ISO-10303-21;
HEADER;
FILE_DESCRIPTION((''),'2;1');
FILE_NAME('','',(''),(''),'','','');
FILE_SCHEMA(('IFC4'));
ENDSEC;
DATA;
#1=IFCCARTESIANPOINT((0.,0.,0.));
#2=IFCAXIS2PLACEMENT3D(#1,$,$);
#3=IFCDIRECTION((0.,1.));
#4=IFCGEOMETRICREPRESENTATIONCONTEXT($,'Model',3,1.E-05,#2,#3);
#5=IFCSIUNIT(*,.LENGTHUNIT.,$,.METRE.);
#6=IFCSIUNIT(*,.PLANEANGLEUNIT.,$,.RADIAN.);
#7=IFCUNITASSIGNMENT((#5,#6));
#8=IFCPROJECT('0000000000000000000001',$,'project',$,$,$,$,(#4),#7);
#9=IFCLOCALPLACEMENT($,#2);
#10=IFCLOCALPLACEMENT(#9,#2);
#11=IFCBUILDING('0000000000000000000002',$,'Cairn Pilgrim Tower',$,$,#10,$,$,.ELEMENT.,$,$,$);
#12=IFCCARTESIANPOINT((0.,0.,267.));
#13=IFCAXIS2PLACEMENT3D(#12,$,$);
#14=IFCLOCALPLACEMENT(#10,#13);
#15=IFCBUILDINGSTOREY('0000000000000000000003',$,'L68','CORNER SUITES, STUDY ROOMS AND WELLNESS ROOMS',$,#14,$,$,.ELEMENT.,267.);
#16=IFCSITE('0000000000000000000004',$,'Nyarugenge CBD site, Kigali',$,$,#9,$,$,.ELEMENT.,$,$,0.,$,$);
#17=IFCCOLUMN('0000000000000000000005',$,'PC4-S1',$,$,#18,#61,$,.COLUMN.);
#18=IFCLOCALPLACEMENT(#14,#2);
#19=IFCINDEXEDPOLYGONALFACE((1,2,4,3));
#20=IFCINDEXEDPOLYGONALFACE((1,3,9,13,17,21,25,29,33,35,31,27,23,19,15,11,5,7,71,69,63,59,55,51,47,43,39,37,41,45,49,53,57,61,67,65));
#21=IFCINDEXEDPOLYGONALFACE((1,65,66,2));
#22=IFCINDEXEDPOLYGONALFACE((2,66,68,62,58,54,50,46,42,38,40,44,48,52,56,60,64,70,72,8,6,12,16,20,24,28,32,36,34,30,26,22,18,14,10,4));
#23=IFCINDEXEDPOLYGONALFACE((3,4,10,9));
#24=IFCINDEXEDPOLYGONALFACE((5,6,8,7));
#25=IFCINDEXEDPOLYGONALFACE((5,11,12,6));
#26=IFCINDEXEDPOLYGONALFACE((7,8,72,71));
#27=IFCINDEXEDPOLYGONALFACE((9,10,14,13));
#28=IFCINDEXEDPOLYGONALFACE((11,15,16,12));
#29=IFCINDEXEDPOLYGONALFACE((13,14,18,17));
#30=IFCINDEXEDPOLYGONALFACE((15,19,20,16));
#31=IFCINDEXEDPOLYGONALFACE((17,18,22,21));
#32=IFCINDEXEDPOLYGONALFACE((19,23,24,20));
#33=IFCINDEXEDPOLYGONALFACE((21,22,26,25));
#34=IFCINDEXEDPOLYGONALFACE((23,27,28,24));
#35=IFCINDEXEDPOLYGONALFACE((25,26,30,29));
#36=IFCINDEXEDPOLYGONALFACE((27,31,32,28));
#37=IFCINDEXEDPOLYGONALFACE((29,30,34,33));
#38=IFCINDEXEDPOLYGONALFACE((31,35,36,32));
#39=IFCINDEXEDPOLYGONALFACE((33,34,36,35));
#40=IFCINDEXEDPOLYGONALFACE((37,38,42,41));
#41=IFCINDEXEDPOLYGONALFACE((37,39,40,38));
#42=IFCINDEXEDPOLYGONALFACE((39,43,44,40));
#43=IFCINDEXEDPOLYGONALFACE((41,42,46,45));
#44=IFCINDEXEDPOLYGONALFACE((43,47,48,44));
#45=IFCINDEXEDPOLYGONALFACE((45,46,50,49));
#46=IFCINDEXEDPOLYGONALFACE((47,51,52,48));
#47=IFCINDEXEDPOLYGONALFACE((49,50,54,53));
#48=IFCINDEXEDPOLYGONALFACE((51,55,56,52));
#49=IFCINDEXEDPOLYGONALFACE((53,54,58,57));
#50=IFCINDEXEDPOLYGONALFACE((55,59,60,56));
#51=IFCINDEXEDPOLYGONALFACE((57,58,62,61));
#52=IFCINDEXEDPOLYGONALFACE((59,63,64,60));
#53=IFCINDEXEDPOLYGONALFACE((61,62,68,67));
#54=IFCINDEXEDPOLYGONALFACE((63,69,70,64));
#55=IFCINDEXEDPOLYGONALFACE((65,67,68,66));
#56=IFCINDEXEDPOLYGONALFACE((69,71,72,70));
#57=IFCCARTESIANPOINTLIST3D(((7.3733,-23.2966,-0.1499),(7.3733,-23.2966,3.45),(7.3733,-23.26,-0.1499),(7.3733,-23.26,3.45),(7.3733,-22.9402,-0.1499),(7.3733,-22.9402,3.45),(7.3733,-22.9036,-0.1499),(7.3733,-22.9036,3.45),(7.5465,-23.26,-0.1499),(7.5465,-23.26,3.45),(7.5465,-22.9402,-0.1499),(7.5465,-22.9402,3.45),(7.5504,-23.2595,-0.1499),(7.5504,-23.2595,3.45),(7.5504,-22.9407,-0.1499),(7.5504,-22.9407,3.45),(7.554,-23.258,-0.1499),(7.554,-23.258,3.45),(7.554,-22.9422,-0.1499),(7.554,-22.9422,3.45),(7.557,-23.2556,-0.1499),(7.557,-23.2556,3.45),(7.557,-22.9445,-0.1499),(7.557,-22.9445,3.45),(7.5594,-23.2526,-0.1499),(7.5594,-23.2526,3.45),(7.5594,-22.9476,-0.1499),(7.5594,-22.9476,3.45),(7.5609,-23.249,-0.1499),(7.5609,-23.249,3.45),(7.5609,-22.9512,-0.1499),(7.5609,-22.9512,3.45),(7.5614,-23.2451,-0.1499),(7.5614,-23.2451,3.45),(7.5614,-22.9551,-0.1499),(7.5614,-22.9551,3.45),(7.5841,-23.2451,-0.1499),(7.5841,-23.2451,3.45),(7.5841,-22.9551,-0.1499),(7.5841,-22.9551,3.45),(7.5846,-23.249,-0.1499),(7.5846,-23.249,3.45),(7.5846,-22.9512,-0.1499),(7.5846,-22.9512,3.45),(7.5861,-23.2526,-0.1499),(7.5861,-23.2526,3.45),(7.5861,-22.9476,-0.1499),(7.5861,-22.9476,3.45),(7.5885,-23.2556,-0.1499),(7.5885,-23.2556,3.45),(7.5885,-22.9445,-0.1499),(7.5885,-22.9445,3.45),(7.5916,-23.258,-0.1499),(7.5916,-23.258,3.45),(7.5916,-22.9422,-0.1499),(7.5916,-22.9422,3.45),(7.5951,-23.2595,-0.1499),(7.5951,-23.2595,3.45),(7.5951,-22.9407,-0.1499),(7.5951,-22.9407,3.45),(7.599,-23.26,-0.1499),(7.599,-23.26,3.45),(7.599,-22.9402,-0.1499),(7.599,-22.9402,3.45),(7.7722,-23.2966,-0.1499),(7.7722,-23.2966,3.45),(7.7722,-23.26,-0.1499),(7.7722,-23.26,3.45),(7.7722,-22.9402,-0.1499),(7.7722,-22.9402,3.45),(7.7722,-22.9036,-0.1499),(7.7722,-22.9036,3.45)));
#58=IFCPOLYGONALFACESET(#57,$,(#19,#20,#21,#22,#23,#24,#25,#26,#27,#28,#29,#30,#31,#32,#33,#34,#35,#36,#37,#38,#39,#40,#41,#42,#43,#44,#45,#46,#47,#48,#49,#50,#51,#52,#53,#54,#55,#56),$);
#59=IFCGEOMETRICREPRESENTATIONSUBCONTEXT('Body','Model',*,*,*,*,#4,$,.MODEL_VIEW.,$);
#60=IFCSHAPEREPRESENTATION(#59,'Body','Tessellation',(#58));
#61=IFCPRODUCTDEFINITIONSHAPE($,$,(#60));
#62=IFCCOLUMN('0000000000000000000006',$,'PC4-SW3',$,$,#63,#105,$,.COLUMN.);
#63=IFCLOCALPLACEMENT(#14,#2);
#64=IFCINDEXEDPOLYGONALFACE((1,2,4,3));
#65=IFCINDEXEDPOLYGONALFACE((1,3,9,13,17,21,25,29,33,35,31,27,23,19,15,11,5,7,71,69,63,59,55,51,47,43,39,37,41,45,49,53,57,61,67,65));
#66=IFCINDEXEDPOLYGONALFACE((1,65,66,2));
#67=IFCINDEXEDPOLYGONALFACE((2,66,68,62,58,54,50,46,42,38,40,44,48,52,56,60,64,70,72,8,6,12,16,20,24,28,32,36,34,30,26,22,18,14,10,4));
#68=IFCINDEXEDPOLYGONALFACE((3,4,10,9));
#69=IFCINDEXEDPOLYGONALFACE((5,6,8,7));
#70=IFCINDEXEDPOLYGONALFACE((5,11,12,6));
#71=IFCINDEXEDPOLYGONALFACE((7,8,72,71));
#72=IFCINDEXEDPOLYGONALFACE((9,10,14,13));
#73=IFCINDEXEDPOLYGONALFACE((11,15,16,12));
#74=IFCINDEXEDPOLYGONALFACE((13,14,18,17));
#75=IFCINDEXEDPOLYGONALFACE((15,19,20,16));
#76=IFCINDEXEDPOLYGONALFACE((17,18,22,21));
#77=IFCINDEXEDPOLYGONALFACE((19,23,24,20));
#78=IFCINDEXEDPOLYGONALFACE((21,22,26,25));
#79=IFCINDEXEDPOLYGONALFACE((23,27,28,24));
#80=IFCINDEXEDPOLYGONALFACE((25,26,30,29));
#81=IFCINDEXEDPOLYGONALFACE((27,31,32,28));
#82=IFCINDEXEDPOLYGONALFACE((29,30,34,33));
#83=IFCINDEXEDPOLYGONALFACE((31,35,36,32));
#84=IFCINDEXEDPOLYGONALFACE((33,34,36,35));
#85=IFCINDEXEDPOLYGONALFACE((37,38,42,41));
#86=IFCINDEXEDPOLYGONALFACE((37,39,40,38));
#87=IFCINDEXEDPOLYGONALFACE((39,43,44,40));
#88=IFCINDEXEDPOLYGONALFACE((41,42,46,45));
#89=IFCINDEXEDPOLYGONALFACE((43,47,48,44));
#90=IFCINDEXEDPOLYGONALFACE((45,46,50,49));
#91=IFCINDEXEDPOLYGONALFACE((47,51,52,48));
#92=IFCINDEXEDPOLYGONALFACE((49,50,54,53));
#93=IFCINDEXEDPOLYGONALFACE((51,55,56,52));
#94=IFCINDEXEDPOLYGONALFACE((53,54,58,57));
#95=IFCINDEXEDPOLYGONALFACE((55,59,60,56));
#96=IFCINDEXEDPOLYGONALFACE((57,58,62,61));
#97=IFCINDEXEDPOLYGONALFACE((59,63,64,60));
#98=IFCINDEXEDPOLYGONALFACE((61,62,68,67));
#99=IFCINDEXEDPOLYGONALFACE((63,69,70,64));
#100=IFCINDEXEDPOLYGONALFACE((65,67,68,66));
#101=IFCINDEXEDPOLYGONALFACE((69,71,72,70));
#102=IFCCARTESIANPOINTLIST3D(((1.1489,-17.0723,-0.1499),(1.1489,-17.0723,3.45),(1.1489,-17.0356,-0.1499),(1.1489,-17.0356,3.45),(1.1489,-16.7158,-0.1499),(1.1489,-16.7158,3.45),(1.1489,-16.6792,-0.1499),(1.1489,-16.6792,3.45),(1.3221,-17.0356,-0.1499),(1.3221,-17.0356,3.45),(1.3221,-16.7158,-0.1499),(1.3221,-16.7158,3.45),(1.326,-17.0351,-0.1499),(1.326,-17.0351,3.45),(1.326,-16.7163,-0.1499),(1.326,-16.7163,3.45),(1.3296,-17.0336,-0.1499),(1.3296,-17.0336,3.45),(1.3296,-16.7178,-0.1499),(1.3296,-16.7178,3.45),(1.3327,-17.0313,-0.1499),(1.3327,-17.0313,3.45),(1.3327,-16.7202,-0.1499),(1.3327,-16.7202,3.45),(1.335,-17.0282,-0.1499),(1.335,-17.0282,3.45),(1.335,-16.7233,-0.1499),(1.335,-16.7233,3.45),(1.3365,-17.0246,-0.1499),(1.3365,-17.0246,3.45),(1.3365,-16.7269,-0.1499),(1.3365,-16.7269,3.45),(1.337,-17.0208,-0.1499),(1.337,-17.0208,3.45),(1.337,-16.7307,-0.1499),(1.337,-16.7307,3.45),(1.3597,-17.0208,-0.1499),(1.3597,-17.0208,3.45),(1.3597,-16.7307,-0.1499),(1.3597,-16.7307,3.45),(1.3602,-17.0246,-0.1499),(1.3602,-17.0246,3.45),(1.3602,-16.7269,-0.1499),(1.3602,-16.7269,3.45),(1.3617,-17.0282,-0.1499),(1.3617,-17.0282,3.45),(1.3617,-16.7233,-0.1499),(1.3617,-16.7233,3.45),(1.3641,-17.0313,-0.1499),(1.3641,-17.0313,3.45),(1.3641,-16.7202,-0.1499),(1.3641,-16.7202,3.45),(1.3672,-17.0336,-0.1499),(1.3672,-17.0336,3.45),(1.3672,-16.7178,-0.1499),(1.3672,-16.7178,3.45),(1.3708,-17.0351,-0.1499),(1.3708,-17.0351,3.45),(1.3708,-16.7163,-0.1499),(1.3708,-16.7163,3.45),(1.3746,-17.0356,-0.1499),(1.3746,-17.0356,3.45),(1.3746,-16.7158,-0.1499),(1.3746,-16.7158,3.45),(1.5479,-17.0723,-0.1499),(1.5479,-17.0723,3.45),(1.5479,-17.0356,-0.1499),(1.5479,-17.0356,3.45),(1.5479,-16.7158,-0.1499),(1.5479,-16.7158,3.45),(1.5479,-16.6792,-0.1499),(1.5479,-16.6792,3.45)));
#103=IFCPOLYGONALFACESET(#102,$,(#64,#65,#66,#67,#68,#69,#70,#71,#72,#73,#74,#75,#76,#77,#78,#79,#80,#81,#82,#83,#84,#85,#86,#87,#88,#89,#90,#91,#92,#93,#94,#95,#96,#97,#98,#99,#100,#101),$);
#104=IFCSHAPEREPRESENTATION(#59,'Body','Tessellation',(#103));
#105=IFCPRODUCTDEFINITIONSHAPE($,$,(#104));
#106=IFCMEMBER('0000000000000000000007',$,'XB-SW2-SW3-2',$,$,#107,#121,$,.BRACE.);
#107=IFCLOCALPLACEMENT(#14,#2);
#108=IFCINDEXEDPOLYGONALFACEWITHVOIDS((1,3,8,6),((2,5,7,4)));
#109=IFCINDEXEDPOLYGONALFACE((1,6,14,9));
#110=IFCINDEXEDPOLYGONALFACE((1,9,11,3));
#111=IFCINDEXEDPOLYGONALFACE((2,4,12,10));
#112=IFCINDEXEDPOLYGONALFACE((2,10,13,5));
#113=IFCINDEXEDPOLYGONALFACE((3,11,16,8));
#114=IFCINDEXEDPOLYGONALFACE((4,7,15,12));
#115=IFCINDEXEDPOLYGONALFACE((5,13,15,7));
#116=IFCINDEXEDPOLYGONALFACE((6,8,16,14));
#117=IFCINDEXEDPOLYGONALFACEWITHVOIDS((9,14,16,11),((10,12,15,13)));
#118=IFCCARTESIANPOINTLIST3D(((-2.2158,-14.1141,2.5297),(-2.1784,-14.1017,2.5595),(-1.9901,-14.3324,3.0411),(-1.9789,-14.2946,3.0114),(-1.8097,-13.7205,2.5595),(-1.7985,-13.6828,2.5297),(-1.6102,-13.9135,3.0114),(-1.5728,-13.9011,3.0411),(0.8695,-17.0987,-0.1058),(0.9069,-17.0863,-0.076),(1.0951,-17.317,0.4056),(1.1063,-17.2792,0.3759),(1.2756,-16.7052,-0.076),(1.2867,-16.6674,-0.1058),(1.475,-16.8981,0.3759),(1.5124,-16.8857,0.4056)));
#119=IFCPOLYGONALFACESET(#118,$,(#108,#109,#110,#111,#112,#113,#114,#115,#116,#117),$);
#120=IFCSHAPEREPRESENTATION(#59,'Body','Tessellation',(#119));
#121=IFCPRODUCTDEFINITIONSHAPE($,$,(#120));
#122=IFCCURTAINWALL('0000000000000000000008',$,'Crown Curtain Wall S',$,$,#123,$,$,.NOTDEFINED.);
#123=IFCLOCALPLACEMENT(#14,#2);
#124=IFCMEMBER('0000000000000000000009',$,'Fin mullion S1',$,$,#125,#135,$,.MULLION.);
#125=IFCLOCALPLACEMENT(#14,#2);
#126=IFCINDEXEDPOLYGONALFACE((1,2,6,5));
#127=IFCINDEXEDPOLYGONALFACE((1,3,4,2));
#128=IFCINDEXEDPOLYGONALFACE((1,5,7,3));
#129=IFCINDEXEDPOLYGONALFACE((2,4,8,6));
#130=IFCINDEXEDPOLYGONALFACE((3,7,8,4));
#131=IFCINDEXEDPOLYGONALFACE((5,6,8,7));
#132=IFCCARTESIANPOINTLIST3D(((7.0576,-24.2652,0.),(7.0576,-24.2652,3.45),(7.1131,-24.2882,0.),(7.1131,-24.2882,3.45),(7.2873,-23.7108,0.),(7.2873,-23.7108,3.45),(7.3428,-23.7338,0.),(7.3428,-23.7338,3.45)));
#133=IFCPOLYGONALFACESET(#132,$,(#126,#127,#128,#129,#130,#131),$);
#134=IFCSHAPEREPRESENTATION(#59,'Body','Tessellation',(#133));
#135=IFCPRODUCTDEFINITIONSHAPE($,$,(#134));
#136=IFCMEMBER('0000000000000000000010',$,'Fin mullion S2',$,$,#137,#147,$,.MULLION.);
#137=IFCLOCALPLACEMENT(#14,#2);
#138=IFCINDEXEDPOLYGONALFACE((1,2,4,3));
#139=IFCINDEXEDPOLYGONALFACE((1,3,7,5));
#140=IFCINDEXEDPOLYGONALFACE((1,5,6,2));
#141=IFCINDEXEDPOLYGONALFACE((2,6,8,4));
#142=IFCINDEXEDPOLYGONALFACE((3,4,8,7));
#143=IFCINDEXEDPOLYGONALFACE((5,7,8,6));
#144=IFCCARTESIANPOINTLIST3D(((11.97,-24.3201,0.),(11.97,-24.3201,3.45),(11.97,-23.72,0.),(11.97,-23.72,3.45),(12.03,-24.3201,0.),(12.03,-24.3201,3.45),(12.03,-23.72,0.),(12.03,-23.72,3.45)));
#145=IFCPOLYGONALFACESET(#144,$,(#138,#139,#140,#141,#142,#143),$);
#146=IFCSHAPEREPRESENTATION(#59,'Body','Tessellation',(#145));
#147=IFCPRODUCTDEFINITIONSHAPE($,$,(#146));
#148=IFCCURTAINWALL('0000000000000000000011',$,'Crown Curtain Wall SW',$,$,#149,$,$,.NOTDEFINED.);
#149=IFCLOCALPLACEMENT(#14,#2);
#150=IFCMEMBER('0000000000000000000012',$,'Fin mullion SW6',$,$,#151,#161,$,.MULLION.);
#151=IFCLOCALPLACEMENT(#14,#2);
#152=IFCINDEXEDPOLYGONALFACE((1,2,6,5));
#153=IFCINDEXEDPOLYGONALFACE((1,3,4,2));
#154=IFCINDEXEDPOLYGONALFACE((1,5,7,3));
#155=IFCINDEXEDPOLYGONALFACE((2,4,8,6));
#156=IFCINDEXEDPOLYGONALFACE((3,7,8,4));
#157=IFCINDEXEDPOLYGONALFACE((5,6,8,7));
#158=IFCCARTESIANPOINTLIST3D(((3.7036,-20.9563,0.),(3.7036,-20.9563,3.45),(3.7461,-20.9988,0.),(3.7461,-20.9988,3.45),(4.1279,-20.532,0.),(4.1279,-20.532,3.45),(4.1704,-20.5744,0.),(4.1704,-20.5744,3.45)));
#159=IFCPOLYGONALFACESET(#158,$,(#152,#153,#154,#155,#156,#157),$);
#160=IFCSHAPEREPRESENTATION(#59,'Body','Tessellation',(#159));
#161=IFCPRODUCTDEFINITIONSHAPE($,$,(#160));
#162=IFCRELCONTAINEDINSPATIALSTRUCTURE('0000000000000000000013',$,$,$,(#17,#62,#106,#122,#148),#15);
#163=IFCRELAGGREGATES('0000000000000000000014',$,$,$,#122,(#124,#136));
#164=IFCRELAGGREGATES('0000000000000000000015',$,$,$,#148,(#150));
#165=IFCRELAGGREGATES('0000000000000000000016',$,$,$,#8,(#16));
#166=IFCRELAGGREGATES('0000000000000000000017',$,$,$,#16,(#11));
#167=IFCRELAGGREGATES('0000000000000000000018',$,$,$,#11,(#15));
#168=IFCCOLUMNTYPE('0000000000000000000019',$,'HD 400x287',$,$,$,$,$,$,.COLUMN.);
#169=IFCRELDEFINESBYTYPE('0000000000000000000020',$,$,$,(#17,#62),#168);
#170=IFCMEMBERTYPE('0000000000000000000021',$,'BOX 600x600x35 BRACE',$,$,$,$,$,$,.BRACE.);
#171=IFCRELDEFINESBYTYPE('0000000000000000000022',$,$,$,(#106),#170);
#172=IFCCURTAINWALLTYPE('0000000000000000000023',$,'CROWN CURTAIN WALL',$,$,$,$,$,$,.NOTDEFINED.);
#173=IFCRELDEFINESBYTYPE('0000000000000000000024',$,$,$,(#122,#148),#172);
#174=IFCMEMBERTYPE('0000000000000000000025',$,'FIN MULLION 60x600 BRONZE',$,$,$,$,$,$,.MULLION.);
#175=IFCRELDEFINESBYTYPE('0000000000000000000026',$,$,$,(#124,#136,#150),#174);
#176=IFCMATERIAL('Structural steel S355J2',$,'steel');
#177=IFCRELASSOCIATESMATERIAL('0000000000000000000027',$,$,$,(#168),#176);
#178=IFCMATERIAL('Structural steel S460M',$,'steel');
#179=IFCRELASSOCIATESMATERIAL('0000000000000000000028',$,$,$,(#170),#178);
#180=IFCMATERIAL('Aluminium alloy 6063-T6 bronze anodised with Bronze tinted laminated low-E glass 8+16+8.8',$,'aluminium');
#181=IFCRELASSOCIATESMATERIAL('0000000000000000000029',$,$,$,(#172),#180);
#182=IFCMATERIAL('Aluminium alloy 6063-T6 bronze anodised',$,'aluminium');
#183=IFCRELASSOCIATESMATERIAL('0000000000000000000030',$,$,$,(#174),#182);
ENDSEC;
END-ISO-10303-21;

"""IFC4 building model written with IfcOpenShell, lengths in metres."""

from ifc_helpers import new_model, si_unit, direction, frame, origin, origin_2d, place, context, subcontext, project, spatial, rectangle, hollow_rectangle, i_section, extrude, material, material_profile, profile_set, type_object, element, aggregate, save


model = new_model("IFC4")

# Units and contexts
model_context = context("Model", 3, precision=1e-05, world=origin(), true_north=direction((0.0, 1.0)))
body_context = subcontext(model_context, "Body", "Model", "MODEL_VIEW")
ifc_project = project(units=[si_unit("LENGTHUNIT", "METRE"), si_unit("PLANEANGLEUNIT", "RADIAN")], contexts=[model_context])

# Site, building, storey
site_placement = place(None, origin())
site = spatial("IfcSite", under=ifc_project, at=site_placement, Name="Nyarugenge CBD site, Kigali", CompositionType="ELEMENT", RefElevation=0.0)
building_placement = place(site_placement, origin())
building = spatial("IfcBuilding", under=site, at=building_placement, Name="Cairn Pilgrim Tower", CompositionType="ELEMENT")
storey_placement = place(building_placement, frame((0.0, 0.0, 267.0)))
storey = spatial("IfcBuildingStorey", under=building, at=storey_placement, Name="L68", Description="CORNER SUITES, STUDY ROOMS AND WELLNESS ROOMS", CompositionType="ELEMENT", Elevation=267.0)

# Columns
ifc_material_1 = material(Name="Structural steel S355J2", Category="steel")
ifc_material_profile_1 = material_profile(ifc_material_1, i_section(OverallWidth=0.3989, OverallDepth=0.3931, WebThickness=0.0227, FlangeThickness=0.0366, FilletRadius=0.0149, at=origin_2d()), Name="HD 400x287")
ifc_profile_set_1 = profile_set([ifc_material_profile_1], Name="Structural steel S355J2")
column_type = type_object("IfcColumnType", Name="HD 400x287", PredefinedType="COLUMN", material=ifc_profile_set_1)
for number, where, z_axis, x_axis, name in (
    (1, (7.5728, -23.1001, -0.1499), (0.0, 0.0, 1.0), (1.0, 0.0, 0.0), "PC4-S1"),
    (2, (1.3484, -16.8757, -0.1499), (0.0, 0.0, 1.0), (1.0, 0.0, 0.0), "PC4-SW3"),
):
    element("IfcColumn", number, at=place(storey_placement, frame(where, z_axis=z_axis, x_axis=x_axis)), inside=storey, type_object=column_type, Name=name, PredefinedType="COLUMN", context=body_context, shape_type="SweptSolid", body=[
        extrude(i_section(OverallWidth=0.3989, OverallDepth=0.3931, WebThickness=0.0227, FlangeThickness=0.0366, FilletRadius=0.0149, at=origin_2d()), origin(), (0.0, 0.0, 1.0), 3.5999),
    ])

# Member
ifc_material_2 = material(Name="Structural steel S460M", Category="steel")
ifc_material_profile_2 = material_profile(ifc_material_2, hollow_rectangle(XDim=0.6001, YDim=0.6001, WallThickness=0.0349, at=origin_2d()), Name="BOX 600x600x35")
ifc_profile_set_2 = profile_set([ifc_material_profile_2], Name="Structural steel S460M")
member_type_1 = type_object("IfcMemberType", Name="BOX 600x600x35 BRACE", PredefinedType="BRACE", material=ifc_profile_set_2)
member_1_placement = place(storey_placement, frame((1.1909, -16.9922, 0.1499), z_axis=(-0.612497, 0.592528, 0.523218), x_axis=(-0.695294, -0.718726, 0.0)))
element("IfcMember", 3, at=member_1_placement, inside=storey, type_object=member_type_1, Name="XB-SW2-SW3-2", PredefinedType="BRACE", context=body_context, shape_type="SweptSolid", body=[
    extrude(hollow_rectangle(XDim=0.6001, YDim=0.6001, WallThickness=0.0349, at=origin_2d()), origin(), (0.0, 0.0, 1.0), 5.0371),
])

# Curtain wall, members
ifc_material_3 = material(Name="Aluminium alloy 6063-T6 bronze anodised with Bronze tinted laminated low-E glass 8+16+8.8", Category="aluminium")
curtain_wall_type = type_object("IfcCurtainWallType", Name="CROWN CURTAIN WALL", PredefinedType="NOTDEFINED", material=ifc_material_3)
curtain_wall_1_placement = place(storey_placement, origin())
curtain_wall_1 = element("IfcCurtainWall", 4, at=curtain_wall_1_placement, inside=storey, type_object=curtain_wall_type, Name="Crown Curtain Wall S", PredefinedType="NOTDEFINED")
ifc_material_4 = material(Name="Aluminium alloy 6063-T6 bronze anodised", Category="aluminium")
ifc_material_profile_3 = material_profile(ifc_material_4, rectangle(XDim=0.6001, YDim=0.0601, at=origin_2d()), Name="FIN MULLION 60x600 BRONZE")
ifc_profile_set_3 = profile_set([ifc_material_profile_3], Name="Aluminium alloy 6063-T6 bronze anodised")
member_type_2 = type_object("IfcMemberType", Name="FIN MULLION 60x600 BRONZE", PredefinedType="MULLION", material=ifc_profile_set_3)
member_2_placement = place(storey_placement, frame((7.2002, -23.9995, 0.0), z_axis=(0.0, 0.0, 1.0), x_axis=(-0.382683, -0.92388, 0.0)))
member_2 = element("IfcMember", 5, at=member_2_placement, type_object=member_type_2, Name="Fin mullion S1", PredefinedType="MULLION", context=body_context, shape_type="SweptSolid", body=[
    extrude(rectangle(XDim=0.6001, YDim=0.0601, at=origin_2d()), origin(), (0.0, 0.0, 1.0), 3.45),
])
member_3_placement = place(storey_placement, frame((12.0, -24.02, 0.0), z_axis=(0.0, 0.0, 1.0), x_axis=(0.0, -1.0, 0.0)))
member_3 = element("IfcMember", 6, at=member_3_placement, type_object=member_type_2, Name="Fin mullion S2", PredefinedType="MULLION", context=body_context, shape_type="SweptSolid", body=[
    extrude(rectangle(XDim=0.6001, YDim=0.0601, at=origin_2d()), origin(), (0.0, 0.0, 1.0), 3.45),
])

# Curtain wall, member
curtain_wall_2_placement = place(storey_placement, origin())
curtain_wall_2 = element("IfcCurtainWall", 7, at=curtain_wall_2_placement, inside=storey, type_object=curtain_wall_type, Name="Crown Curtain Wall SW", PredefinedType="NOTDEFINED")
member_4_placement = place(storey_placement, frame((3.937, -20.7654, 0.0), z_axis=(0.0, 0.0, 1.0), x_axis=(-0.707107, -0.707107, 0.0)))
member_4 = element("IfcMember", 8, at=member_4_placement, type_object=member_type_2, Name="Fin mullion SW6", PredefinedType="MULLION", context=body_context, shape_type="SweptSolid", body=[
    extrude(rectangle(XDim=0.6001, YDim=0.0601, at=origin_2d()), origin(), (0.0, 0.0, 1.0), 3.45),
])

aggregate(curtain_wall_1, [member_2, member_3])

aggregate(curtain_wall_2, [member_4])

save(model, "model.ifc")
